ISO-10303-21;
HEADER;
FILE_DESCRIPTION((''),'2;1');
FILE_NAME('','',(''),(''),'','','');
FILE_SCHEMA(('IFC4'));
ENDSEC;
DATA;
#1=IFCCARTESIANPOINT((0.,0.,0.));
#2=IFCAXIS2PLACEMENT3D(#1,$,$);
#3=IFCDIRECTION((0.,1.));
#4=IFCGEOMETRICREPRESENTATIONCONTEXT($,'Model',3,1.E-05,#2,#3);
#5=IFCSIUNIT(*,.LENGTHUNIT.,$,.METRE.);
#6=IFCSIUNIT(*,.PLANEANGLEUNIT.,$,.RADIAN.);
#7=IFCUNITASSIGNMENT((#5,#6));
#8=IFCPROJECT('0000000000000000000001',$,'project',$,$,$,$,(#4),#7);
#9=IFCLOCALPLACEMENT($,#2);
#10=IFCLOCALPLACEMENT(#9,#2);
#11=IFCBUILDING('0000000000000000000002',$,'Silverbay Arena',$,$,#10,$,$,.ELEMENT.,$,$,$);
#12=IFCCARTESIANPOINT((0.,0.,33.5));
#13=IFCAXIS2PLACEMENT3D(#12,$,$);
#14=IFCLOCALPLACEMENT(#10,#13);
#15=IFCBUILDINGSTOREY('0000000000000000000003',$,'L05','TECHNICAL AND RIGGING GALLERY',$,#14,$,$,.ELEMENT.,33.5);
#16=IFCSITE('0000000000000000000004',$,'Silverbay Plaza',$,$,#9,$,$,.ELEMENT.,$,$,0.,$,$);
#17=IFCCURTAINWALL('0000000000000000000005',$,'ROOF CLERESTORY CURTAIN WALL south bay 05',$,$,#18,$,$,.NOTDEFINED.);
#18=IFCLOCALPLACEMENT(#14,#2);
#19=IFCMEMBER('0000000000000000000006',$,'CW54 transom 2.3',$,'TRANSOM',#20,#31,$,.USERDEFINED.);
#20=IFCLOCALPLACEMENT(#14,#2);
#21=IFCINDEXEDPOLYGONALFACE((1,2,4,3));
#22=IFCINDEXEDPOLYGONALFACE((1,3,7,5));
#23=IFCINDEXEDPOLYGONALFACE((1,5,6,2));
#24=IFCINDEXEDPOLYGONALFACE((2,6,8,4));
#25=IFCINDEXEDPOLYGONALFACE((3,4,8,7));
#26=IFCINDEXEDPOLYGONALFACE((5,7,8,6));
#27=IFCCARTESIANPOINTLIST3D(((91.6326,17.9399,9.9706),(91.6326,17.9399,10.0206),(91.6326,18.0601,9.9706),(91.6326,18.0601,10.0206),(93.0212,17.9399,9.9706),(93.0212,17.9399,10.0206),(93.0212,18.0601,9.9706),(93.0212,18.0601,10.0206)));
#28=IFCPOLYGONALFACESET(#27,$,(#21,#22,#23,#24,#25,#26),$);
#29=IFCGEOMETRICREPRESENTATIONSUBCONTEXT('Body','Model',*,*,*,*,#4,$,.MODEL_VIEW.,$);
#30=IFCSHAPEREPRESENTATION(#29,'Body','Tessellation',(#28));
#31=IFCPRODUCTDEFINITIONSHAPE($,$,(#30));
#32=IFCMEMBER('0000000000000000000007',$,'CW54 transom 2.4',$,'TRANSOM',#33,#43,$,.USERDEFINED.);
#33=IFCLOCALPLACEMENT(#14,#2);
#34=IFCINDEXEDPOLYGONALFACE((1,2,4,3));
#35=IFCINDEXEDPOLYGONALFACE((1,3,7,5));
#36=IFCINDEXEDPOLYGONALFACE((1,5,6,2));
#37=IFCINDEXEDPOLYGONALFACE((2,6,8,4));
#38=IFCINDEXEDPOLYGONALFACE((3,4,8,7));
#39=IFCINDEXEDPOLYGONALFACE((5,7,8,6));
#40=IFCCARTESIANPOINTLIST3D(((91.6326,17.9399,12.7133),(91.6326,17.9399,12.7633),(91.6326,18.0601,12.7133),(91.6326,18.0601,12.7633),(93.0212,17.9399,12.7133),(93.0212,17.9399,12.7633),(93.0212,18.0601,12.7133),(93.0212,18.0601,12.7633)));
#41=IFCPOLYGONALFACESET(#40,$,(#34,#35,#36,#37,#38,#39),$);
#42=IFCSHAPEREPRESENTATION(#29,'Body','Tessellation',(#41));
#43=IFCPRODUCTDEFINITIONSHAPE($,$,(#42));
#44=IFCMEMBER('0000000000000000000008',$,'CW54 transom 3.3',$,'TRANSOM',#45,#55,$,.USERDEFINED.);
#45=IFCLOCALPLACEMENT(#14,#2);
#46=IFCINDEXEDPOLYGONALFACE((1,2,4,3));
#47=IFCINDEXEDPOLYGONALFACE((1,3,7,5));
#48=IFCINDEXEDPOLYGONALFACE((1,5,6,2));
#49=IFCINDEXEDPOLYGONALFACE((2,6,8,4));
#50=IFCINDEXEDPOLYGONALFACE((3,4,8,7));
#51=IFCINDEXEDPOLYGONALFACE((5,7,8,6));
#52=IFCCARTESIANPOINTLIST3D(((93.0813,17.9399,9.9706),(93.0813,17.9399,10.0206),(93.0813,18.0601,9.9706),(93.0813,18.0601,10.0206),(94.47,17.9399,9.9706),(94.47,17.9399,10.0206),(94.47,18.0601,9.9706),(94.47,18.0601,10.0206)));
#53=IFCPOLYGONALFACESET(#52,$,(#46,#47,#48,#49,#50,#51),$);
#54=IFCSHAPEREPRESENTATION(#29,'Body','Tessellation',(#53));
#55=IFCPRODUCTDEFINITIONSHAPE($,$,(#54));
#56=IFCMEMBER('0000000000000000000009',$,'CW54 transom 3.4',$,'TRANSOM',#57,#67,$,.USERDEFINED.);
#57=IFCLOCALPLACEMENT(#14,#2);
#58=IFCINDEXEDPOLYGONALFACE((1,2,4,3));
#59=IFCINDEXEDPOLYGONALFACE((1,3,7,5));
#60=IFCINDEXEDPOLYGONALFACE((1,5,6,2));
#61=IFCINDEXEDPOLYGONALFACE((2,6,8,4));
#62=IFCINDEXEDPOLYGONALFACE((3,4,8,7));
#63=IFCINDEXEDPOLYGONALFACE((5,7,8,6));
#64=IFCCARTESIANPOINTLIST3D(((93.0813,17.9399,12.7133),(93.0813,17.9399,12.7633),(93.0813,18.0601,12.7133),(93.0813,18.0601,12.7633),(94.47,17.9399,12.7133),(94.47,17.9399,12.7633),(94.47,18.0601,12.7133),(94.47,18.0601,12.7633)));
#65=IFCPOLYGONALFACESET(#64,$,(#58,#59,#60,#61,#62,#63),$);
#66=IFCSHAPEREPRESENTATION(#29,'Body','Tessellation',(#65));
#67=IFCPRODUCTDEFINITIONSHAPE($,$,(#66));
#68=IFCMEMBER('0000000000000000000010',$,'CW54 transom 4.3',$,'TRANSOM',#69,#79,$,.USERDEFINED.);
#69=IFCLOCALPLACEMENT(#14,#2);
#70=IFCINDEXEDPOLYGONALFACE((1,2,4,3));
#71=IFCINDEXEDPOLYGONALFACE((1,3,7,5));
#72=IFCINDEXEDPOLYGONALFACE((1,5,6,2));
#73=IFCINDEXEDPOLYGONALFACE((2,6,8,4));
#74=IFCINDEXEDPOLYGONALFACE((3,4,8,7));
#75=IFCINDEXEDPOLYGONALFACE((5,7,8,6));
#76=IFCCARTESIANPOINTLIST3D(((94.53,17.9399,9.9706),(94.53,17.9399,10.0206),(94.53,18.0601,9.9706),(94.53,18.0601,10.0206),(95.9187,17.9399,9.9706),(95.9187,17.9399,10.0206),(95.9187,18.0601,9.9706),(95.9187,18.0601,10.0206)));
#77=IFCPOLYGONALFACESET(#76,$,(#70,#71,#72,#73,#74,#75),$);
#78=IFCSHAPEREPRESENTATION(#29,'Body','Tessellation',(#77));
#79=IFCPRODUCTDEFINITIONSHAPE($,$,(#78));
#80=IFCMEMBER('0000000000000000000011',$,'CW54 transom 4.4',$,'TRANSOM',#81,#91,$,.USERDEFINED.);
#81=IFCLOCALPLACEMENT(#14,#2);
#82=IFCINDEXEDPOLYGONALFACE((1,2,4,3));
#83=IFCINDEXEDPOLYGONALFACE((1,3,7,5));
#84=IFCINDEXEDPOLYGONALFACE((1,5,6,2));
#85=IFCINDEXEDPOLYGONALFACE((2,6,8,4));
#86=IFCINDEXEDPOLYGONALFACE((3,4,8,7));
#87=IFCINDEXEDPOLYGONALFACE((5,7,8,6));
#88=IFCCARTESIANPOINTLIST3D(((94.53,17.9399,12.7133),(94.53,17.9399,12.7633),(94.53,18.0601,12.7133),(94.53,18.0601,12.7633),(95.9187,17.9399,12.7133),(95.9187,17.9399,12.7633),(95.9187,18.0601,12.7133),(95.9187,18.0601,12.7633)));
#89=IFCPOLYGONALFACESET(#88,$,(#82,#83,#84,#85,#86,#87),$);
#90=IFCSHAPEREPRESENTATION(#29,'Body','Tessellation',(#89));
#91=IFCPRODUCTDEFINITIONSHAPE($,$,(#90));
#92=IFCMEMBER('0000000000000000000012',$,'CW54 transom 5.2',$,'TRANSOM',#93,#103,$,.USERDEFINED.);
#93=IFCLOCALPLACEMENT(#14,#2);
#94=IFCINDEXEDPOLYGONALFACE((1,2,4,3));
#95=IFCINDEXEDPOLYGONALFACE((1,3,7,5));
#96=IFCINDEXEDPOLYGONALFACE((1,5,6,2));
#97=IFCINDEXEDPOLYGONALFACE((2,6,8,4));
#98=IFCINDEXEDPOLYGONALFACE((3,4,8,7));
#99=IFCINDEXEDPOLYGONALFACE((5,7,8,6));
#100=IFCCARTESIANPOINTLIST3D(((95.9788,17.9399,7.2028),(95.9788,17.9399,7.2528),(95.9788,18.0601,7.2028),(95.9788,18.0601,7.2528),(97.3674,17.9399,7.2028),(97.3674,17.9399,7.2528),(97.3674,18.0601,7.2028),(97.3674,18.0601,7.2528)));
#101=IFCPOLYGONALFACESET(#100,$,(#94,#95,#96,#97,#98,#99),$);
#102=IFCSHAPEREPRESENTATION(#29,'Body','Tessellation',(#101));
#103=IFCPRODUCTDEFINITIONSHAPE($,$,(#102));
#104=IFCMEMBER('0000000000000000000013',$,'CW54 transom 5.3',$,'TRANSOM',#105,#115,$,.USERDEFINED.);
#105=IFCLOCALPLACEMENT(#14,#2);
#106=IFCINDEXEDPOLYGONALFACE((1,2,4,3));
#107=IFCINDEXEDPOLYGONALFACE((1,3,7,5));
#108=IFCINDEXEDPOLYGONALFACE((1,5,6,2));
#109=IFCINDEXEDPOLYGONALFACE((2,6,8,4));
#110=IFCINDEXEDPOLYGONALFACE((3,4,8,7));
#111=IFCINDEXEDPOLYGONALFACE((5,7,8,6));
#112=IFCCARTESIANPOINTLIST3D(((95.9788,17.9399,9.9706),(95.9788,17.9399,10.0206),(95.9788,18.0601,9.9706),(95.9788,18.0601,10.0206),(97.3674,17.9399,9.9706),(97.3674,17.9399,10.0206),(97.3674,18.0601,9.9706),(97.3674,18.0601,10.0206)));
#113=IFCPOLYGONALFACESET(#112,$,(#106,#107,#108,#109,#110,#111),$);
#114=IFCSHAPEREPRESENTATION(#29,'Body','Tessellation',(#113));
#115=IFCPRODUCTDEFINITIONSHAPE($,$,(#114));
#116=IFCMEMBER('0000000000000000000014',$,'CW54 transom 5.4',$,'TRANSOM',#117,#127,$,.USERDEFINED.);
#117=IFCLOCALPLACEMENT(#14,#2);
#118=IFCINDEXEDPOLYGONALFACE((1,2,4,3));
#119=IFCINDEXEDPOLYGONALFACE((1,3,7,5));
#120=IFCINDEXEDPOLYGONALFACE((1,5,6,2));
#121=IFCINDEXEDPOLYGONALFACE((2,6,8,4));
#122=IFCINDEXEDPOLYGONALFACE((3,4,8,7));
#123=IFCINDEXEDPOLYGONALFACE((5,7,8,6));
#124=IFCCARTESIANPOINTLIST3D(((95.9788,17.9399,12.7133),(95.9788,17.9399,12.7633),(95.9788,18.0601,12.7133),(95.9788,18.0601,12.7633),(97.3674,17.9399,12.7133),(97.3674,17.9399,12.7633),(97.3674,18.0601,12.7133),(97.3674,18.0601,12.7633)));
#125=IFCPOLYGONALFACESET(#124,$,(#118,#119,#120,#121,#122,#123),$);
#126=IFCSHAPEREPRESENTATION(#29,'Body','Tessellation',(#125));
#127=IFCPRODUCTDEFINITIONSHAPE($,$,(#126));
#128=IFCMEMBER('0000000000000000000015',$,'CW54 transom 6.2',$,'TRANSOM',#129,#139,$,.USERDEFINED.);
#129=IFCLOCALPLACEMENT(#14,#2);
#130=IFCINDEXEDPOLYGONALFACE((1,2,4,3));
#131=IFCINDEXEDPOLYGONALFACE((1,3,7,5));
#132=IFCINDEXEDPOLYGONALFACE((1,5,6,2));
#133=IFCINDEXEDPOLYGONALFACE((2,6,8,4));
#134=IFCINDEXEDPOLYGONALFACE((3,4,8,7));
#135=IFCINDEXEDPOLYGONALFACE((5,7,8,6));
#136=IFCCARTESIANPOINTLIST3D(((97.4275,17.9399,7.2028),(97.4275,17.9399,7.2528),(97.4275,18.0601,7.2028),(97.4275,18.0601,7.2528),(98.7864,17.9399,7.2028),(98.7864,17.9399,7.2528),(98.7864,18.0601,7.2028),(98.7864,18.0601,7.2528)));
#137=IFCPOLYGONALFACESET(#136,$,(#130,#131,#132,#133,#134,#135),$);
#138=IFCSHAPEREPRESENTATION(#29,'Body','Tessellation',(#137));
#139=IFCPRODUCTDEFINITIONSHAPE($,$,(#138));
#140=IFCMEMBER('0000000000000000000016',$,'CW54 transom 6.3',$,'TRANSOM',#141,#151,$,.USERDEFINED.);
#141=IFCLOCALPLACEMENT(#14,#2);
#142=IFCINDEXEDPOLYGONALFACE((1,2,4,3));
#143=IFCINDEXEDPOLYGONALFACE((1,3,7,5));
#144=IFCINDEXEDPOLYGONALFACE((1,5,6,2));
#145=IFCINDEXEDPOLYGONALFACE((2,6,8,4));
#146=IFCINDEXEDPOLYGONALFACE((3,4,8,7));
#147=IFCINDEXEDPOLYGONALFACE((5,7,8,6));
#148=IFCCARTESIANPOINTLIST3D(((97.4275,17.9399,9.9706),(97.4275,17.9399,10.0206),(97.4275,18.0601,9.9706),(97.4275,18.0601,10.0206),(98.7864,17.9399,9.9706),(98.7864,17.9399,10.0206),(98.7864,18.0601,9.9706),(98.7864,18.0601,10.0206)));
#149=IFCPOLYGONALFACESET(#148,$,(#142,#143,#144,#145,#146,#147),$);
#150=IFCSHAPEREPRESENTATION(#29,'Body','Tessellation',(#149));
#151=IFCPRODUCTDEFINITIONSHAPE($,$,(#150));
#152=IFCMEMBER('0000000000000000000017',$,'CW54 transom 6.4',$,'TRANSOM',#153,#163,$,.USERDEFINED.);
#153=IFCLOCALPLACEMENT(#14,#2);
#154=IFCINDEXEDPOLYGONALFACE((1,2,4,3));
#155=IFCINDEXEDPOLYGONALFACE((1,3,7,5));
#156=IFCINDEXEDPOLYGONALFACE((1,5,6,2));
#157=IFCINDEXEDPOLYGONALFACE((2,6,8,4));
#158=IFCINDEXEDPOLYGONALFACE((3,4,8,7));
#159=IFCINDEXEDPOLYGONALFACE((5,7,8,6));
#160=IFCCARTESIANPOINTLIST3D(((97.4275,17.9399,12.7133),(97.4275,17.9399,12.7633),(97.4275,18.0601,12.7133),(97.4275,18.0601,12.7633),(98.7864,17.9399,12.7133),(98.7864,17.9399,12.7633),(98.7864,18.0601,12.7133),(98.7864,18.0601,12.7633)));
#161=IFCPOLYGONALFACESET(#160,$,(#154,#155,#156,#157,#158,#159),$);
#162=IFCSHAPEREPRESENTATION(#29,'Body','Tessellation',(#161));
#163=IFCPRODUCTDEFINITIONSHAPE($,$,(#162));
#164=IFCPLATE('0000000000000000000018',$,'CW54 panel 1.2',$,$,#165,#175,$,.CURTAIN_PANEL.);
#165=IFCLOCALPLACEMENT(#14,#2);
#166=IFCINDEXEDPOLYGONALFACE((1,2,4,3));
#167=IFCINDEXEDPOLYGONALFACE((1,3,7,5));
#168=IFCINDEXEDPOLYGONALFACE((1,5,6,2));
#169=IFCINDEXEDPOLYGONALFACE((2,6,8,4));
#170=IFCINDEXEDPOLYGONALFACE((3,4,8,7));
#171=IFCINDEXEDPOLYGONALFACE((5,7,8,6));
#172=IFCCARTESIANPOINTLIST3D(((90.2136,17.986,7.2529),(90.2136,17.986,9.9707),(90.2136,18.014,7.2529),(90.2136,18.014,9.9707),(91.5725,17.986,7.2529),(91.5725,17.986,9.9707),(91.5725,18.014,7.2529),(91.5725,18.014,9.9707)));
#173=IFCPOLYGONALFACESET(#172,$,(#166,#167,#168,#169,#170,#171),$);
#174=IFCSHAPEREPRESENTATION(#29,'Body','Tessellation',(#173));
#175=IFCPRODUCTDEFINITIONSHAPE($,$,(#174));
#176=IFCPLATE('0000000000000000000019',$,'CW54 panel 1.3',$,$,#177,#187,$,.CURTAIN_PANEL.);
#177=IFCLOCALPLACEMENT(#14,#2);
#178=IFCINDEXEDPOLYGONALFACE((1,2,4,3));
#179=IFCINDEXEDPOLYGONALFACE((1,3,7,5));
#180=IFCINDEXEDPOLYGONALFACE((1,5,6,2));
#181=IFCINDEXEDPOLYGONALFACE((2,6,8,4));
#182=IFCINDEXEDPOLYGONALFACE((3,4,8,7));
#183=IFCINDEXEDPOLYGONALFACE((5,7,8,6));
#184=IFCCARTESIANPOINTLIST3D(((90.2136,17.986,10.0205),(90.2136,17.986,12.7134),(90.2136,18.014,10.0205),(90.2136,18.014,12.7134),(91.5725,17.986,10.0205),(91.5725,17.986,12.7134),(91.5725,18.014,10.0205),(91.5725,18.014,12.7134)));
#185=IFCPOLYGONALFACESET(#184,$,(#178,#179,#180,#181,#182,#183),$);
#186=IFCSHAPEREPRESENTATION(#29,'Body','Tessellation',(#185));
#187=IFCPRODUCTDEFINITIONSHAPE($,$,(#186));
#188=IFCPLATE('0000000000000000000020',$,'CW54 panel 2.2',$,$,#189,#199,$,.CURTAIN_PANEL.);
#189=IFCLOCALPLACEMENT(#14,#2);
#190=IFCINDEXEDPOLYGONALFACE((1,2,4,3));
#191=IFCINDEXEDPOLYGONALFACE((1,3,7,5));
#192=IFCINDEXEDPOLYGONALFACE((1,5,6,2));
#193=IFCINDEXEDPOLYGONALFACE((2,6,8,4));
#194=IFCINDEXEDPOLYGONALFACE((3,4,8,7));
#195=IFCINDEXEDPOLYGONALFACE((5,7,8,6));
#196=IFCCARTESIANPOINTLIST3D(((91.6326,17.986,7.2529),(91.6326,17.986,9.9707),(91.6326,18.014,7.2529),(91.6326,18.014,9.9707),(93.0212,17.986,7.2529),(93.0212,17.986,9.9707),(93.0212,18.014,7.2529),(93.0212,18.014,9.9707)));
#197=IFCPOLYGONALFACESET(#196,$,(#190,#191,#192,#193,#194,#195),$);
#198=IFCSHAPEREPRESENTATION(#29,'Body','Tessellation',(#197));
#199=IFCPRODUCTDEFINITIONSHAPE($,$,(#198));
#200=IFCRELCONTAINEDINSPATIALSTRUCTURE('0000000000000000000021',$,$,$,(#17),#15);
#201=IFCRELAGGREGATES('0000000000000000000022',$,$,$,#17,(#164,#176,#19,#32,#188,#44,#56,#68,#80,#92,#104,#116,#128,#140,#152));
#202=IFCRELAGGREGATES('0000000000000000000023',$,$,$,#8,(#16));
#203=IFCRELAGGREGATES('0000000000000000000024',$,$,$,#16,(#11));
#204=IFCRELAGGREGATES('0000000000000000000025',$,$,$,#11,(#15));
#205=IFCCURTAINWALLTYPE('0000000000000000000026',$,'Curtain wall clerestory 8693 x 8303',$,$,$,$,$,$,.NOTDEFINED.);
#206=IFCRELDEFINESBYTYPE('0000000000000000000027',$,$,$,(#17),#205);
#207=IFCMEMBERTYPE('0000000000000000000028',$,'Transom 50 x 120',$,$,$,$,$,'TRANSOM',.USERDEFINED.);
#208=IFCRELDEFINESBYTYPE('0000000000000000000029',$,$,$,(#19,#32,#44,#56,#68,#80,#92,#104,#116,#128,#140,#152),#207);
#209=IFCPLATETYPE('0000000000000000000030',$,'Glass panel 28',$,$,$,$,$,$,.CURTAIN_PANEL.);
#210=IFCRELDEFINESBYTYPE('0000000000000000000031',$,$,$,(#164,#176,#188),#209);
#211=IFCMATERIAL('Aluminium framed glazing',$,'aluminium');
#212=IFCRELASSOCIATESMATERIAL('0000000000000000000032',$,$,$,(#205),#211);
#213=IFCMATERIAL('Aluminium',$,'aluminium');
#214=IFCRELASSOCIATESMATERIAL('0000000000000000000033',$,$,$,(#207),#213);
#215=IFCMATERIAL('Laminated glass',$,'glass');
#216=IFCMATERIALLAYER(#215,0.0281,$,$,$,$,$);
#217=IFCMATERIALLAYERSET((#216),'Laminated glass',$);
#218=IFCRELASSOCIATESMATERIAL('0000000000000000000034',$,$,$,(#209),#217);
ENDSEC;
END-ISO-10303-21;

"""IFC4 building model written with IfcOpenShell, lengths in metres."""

from ifc_helpers import new_model, si_unit, direction, frame, origin, origin_2d, place, context, subcontext, project, spatial, rectangle, extrude, material, layer, layer_set, material_profile, profile_set, type_object, element, aggregate, save


model = new_model("IFC4")

# Units and contexts
model_context = context("Model", 3, precision=1e-05, world=origin(), true_north=direction((0.0, 1.0)))
body_context = subcontext(model_context, "Body", "Model", "MODEL_VIEW")
ifc_project = project(units=[si_unit("LENGTHUNIT", "METRE"), si_unit("PLANEANGLEUNIT", "RADIAN")], contexts=[model_context])

# Site, building, storey
site_placement = place(None, origin())
site = spatial("IfcSite", under=ifc_project, at=site_placement, Name="Silverbay Plaza", CompositionType="ELEMENT", RefElevation=0.0)
building_placement = place(site_placement, origin())
building = spatial("IfcBuilding", under=site, at=building_placement, Name="Silverbay Arena", CompositionType="ELEMENT")
storey_placement = place(building_placement, frame((0.0, 0.0, 33.5)))
storey = spatial("IfcBuildingStorey", under=building, at=storey_placement, Name="L05", Description="TECHNICAL AND RIGGING GALLERY", CompositionType="ELEMENT", Elevation=33.5)

# Curtain wall, members, plates
ifc_material_1 = material(Name="Aluminium framed glazing", Category="aluminium")
curtain_wall_type = type_object("IfcCurtainWallType", Name="Curtain wall clerestory 8693 x 8303", PredefinedType="NOTDEFINED", material=ifc_material_1)
curtain_wall_placement = place(storey_placement, origin())
curtain_wall = element("IfcCurtainWall", 1, at=curtain_wall_placement, inside=storey, type_object=curtain_wall_type, Name="ROOF CLERESTORY CURTAIN WALL south bay 05", PredefinedType="NOTDEFINED")
ifc_material_2 = material(Name="Aluminium", Category="aluminium")
ifc_material_profile_1 = material_profile(ifc_material_2, rectangle(XDim=0.1201, YDim=0.05, at=origin_2d()), Name="Transom 50 x 120")
ifc_profile_set_1 = profile_set([ifc_material_profile_1], Name="Aluminium")
member_type_1 = type_object("IfcMemberType", Name="Transom 50 x 120", ElementType="TRANSOM", PredefinedType="USERDEFINED", material=ifc_profile_set_1)
member_1_placement = place(storey_placement, frame((91.6326, 18.0, 9.9956), z_axis=(1.0, 0.0, 0.0), x_axis=(0.0, 1.0, 0.0)))
member_1 = element("IfcMember", 2, at=member_1_placement, type_object=member_type_1, Name="CW54 transom 2.3", ObjectType="TRANSOM", PredefinedType="USERDEFINED", context=body_context, shape_type="SweptSolid", body=[
    extrude(rectangle(XDim=0.1201, YDim=0.05, at=origin_2d()), origin(), (0.0, 0.0, 1.0), 1.3887),
])
member_2_placement = place(storey_placement, frame((91.6326, 18.0, 12.7383), z_axis=(1.0, 0.0, 0.0), x_axis=(0.0, 1.0, 0.0)))
member_2 = element("IfcMember", 3, at=member_2_placement, type_object=member_type_1, Name="CW54 transom 2.4", ObjectType="TRANSOM", PredefinedType="USERDEFINED", context=body_context, shape_type="SweptSolid", body=[
    extrude(rectangle(XDim=0.1201, YDim=0.05, at=origin_2d()), origin(), (0.0, 0.0, 1.0), 1.3887),
])
member_3_placement = place(storey_placement, frame((93.0813, 18.0, 9.9956), z_axis=(1.0, 0.0, 0.0), x_axis=(0.0, 1.0, 0.0)))
member_3 = element("IfcMember", 4, at=member_3_placement, type_object=member_type_1, Name="CW54 transom 3.3", ObjectType="TRANSOM", PredefinedType="USERDEFINED", context=body_context, shape_type="SweptSolid", body=[
    extrude(rectangle(XDim=0.1201, YDim=0.05, at=origin_2d()), origin(), (0.0, 0.0, 1.0), 1.3887),
])
member_4_placement = place(storey_placement, frame((93.0813, 18.0, 12.7383), z_axis=(1.0, 0.0, 0.0), x_axis=(0.0, 1.0, 0.0)))
member_4 = element("IfcMember", 5, at=member_4_placement, type_object=member_type_1, Name="CW54 transom 3.4", ObjectType="TRANSOM", PredefinedType="USERDEFINED", context=body_context, shape_type="SweptSolid", body=[
    extrude(rectangle(XDim=0.1201, YDim=0.05, at=origin_2d()), origin(), (0.0, 0.0, 1.0), 1.3887),
])
member_5_placement = place(storey_placement, frame((94.53, 18.0, 9.9956), z_axis=(1.0, 0.0, 0.0), x_axis=(0.0, 1.0, 0.0)))
member_5 = element("IfcMember", 6, at=member_5_placement, type_object=member_type_1, Name="CW54 transom 4.3", ObjectType="TRANSOM", PredefinedType="USERDEFINED", context=body_context, shape_type="SweptSolid", body=[
    extrude(rectangle(XDim=0.1201, YDim=0.05, at=origin_2d()), origin(), (0.0, 0.0, 1.0), 1.3887),
])
member_6_placement = place(storey_placement, frame((94.53, 18.0, 12.7383), z_axis=(1.0, 0.0, 0.0), x_axis=(0.0, 1.0, 0.0)))
member_6 = element("IfcMember", 7, at=member_6_placement, type_object=member_type_1, Name="CW54 transom 4.4", ObjectType="TRANSOM", PredefinedType="USERDEFINED", context=body_context, shape_type="SweptSolid", body=[
    extrude(rectangle(XDim=0.1201, YDim=0.05, at=origin_2d()), origin(), (0.0, 0.0, 1.0), 1.3887),
])
member_7_placement = place(storey_placement, frame((95.9788, 18.0, 7.2278), z_axis=(1.0, 0.0, 0.0), x_axis=(0.0, 1.0, 0.0)))
member_7 = element("IfcMember", 8, at=member_7_placement, type_object=member_type_1, Name="CW54 transom 5.2", ObjectType="TRANSOM", PredefinedType="USERDEFINED", context=body_context, shape_type="SweptSolid", body=[
    extrude(rectangle(XDim=0.1201, YDim=0.05, at=origin_2d()), origin(), (0.0, 0.0, 1.0), 1.3887),
])
member_8_placement = place(storey_placement, frame((95.9788, 18.0, 9.9956), z_axis=(1.0, 0.0, 0.0), x_axis=(0.0, 1.0, 0.0)))
member_8 = element("IfcMember", 9, at=member_8_placement, type_object=member_type_1, Name="CW54 transom 5.3", ObjectType="TRANSOM", PredefinedType="USERDEFINED", context=body_context, shape_type="SweptSolid", body=[
    extrude(rectangle(XDim=0.1201, YDim=0.05, at=origin_2d()), origin(), (0.0, 0.0, 1.0), 1.3887),
])
member_9_placement = place(storey_placement, frame((95.9788, 18.0, 12.7383), z_axis=(1.0, 0.0, 0.0), x_axis=(0.0, 1.0, 0.0)))
member_9 = element("IfcMember", 10, at=member_9_placement, type_object=member_type_1, Name="CW54 transom 5.4", ObjectType="TRANSOM", PredefinedType="USERDEFINED", context=body_context, shape_type="SweptSolid", body=[
    extrude(rectangle(XDim=0.1201, YDim=0.05, at=origin_2d()), origin(), (0.0, 0.0, 1.0), 1.3887),
])
member_10_placement = place(storey_placement, frame((97.4275, 18.0, 7.2278), z_axis=(1.0, 0.0, 0.0), x_axis=(0.0, 1.0, 0.0)))
member_10 = element("IfcMember", 11, at=member_10_placement, type_object=member_type_1, Name="CW54 transom 6.2", ObjectType="TRANSOM", PredefinedType="USERDEFINED", context=body_context, shape_type="SweptSolid", body=[
    extrude(rectangle(XDim=0.1201, YDim=0.05, at=origin_2d()), origin(), (0.0, 0.0, 1.0), 1.3589),
])
member_11_placement = place(storey_placement, frame((97.4275, 18.0, 9.9956), z_axis=(1.0, 0.0, 0.0), x_axis=(0.0, 1.0, 0.0)))
member_11 = element("IfcMember", 12, at=member_11_placement, type_object=member_type_1, Name="CW54 transom 6.3", ObjectType="TRANSOM", PredefinedType="USERDEFINED", context=body_context, shape_type="SweptSolid", body=[
    extrude(rectangle(XDim=0.1201, YDim=0.05, at=origin_2d()), origin(), (0.0, 0.0, 1.0), 1.3589),
])
member_12_placement = place(storey_placement, frame((97.4275, 18.0, 12.7383), z_axis=(1.0, 0.0, 0.0), x_axis=(0.0, 1.0, 0.0)))
member_12 = element("IfcMember", 13, at=member_12_placement, type_object=member_type_1, Name="CW54 transom 6.4", ObjectType="TRANSOM", PredefinedType="USERDEFINED", context=body_context, shape_type="SweptSolid", body=[
    extrude(rectangle(XDim=0.1201, YDim=0.05, at=origin_2d()), origin(), (0.0, 0.0, 1.0), 1.3589),
])
ifc_material_3 = material(Name="Laminated glass", Category="glass")
ifc_layer = layer(ifc_material_3, 0.0281)
ifc_layer_set = layer_set([ifc_layer], Name="Laminated glass")
plate_type = type_object("IfcPlateType", Name="Glass panel 28", PredefinedType="CURTAIN_PANEL", material=ifc_layer_set)
plate_1_placement = place(storey_placement, frame((90.8931, 18.0, 7.2529), z_axis=(0.0, 0.0, 1.0), x_axis=(1.0, 0.0, 0.0)))
plate_1 = element("IfcPlate", 14, at=plate_1_placement, type_object=plate_type, Name="CW54 panel 1.2", PredefinedType="CURTAIN_PANEL", context=body_context, shape_type="SweptSolid", body=[
    extrude(rectangle(XDim=1.3589, YDim=0.0281, at=origin_2d()), origin(), (0.0, 0.0, 1.0), 2.7178),
])
plate_2_placement = place(storey_placement, frame((90.8931, 18.0, 10.0205), z_axis=(0.0, 0.0, 1.0), x_axis=(1.0, 0.0, 0.0)))
plate_2 = element("IfcPlate", 15, at=plate_2_placement, type_object=plate_type, Name="CW54 panel 1.3", PredefinedType="CURTAIN_PANEL", context=body_context, shape_type="SweptSolid", body=[
    extrude(rectangle(XDim=1.3589, YDim=0.0281, at=origin_2d()), origin(), (0.0, 0.0, 1.0), 2.6929),
])
plate_3_placement = place(storey_placement, frame((92.3269, 18.0, 7.2529), z_axis=(0.0, 0.0, 1.0), x_axis=(1.0, 0.0, 0.0)))
plate_3 = element("IfcPlate", 16, at=plate_3_placement, type_object=plate_type, Name="CW54 panel 2.2", PredefinedType="CURTAIN_PANEL", context=body_context, shape_type="SweptSolid", body=[
    extrude(rectangle(XDim=1.3887, YDim=0.0281, at=origin_2d()), origin(), (0.0, 0.0, 1.0), 2.7178),
])
aggregate(curtain_wall, [plate_1, plate_2, member_1, member_2, plate_3, member_3, member_4, member_5, member_6, member_7, member_8, member_9, member_10, member_11, member_12])

save(model, "model.ifc")
